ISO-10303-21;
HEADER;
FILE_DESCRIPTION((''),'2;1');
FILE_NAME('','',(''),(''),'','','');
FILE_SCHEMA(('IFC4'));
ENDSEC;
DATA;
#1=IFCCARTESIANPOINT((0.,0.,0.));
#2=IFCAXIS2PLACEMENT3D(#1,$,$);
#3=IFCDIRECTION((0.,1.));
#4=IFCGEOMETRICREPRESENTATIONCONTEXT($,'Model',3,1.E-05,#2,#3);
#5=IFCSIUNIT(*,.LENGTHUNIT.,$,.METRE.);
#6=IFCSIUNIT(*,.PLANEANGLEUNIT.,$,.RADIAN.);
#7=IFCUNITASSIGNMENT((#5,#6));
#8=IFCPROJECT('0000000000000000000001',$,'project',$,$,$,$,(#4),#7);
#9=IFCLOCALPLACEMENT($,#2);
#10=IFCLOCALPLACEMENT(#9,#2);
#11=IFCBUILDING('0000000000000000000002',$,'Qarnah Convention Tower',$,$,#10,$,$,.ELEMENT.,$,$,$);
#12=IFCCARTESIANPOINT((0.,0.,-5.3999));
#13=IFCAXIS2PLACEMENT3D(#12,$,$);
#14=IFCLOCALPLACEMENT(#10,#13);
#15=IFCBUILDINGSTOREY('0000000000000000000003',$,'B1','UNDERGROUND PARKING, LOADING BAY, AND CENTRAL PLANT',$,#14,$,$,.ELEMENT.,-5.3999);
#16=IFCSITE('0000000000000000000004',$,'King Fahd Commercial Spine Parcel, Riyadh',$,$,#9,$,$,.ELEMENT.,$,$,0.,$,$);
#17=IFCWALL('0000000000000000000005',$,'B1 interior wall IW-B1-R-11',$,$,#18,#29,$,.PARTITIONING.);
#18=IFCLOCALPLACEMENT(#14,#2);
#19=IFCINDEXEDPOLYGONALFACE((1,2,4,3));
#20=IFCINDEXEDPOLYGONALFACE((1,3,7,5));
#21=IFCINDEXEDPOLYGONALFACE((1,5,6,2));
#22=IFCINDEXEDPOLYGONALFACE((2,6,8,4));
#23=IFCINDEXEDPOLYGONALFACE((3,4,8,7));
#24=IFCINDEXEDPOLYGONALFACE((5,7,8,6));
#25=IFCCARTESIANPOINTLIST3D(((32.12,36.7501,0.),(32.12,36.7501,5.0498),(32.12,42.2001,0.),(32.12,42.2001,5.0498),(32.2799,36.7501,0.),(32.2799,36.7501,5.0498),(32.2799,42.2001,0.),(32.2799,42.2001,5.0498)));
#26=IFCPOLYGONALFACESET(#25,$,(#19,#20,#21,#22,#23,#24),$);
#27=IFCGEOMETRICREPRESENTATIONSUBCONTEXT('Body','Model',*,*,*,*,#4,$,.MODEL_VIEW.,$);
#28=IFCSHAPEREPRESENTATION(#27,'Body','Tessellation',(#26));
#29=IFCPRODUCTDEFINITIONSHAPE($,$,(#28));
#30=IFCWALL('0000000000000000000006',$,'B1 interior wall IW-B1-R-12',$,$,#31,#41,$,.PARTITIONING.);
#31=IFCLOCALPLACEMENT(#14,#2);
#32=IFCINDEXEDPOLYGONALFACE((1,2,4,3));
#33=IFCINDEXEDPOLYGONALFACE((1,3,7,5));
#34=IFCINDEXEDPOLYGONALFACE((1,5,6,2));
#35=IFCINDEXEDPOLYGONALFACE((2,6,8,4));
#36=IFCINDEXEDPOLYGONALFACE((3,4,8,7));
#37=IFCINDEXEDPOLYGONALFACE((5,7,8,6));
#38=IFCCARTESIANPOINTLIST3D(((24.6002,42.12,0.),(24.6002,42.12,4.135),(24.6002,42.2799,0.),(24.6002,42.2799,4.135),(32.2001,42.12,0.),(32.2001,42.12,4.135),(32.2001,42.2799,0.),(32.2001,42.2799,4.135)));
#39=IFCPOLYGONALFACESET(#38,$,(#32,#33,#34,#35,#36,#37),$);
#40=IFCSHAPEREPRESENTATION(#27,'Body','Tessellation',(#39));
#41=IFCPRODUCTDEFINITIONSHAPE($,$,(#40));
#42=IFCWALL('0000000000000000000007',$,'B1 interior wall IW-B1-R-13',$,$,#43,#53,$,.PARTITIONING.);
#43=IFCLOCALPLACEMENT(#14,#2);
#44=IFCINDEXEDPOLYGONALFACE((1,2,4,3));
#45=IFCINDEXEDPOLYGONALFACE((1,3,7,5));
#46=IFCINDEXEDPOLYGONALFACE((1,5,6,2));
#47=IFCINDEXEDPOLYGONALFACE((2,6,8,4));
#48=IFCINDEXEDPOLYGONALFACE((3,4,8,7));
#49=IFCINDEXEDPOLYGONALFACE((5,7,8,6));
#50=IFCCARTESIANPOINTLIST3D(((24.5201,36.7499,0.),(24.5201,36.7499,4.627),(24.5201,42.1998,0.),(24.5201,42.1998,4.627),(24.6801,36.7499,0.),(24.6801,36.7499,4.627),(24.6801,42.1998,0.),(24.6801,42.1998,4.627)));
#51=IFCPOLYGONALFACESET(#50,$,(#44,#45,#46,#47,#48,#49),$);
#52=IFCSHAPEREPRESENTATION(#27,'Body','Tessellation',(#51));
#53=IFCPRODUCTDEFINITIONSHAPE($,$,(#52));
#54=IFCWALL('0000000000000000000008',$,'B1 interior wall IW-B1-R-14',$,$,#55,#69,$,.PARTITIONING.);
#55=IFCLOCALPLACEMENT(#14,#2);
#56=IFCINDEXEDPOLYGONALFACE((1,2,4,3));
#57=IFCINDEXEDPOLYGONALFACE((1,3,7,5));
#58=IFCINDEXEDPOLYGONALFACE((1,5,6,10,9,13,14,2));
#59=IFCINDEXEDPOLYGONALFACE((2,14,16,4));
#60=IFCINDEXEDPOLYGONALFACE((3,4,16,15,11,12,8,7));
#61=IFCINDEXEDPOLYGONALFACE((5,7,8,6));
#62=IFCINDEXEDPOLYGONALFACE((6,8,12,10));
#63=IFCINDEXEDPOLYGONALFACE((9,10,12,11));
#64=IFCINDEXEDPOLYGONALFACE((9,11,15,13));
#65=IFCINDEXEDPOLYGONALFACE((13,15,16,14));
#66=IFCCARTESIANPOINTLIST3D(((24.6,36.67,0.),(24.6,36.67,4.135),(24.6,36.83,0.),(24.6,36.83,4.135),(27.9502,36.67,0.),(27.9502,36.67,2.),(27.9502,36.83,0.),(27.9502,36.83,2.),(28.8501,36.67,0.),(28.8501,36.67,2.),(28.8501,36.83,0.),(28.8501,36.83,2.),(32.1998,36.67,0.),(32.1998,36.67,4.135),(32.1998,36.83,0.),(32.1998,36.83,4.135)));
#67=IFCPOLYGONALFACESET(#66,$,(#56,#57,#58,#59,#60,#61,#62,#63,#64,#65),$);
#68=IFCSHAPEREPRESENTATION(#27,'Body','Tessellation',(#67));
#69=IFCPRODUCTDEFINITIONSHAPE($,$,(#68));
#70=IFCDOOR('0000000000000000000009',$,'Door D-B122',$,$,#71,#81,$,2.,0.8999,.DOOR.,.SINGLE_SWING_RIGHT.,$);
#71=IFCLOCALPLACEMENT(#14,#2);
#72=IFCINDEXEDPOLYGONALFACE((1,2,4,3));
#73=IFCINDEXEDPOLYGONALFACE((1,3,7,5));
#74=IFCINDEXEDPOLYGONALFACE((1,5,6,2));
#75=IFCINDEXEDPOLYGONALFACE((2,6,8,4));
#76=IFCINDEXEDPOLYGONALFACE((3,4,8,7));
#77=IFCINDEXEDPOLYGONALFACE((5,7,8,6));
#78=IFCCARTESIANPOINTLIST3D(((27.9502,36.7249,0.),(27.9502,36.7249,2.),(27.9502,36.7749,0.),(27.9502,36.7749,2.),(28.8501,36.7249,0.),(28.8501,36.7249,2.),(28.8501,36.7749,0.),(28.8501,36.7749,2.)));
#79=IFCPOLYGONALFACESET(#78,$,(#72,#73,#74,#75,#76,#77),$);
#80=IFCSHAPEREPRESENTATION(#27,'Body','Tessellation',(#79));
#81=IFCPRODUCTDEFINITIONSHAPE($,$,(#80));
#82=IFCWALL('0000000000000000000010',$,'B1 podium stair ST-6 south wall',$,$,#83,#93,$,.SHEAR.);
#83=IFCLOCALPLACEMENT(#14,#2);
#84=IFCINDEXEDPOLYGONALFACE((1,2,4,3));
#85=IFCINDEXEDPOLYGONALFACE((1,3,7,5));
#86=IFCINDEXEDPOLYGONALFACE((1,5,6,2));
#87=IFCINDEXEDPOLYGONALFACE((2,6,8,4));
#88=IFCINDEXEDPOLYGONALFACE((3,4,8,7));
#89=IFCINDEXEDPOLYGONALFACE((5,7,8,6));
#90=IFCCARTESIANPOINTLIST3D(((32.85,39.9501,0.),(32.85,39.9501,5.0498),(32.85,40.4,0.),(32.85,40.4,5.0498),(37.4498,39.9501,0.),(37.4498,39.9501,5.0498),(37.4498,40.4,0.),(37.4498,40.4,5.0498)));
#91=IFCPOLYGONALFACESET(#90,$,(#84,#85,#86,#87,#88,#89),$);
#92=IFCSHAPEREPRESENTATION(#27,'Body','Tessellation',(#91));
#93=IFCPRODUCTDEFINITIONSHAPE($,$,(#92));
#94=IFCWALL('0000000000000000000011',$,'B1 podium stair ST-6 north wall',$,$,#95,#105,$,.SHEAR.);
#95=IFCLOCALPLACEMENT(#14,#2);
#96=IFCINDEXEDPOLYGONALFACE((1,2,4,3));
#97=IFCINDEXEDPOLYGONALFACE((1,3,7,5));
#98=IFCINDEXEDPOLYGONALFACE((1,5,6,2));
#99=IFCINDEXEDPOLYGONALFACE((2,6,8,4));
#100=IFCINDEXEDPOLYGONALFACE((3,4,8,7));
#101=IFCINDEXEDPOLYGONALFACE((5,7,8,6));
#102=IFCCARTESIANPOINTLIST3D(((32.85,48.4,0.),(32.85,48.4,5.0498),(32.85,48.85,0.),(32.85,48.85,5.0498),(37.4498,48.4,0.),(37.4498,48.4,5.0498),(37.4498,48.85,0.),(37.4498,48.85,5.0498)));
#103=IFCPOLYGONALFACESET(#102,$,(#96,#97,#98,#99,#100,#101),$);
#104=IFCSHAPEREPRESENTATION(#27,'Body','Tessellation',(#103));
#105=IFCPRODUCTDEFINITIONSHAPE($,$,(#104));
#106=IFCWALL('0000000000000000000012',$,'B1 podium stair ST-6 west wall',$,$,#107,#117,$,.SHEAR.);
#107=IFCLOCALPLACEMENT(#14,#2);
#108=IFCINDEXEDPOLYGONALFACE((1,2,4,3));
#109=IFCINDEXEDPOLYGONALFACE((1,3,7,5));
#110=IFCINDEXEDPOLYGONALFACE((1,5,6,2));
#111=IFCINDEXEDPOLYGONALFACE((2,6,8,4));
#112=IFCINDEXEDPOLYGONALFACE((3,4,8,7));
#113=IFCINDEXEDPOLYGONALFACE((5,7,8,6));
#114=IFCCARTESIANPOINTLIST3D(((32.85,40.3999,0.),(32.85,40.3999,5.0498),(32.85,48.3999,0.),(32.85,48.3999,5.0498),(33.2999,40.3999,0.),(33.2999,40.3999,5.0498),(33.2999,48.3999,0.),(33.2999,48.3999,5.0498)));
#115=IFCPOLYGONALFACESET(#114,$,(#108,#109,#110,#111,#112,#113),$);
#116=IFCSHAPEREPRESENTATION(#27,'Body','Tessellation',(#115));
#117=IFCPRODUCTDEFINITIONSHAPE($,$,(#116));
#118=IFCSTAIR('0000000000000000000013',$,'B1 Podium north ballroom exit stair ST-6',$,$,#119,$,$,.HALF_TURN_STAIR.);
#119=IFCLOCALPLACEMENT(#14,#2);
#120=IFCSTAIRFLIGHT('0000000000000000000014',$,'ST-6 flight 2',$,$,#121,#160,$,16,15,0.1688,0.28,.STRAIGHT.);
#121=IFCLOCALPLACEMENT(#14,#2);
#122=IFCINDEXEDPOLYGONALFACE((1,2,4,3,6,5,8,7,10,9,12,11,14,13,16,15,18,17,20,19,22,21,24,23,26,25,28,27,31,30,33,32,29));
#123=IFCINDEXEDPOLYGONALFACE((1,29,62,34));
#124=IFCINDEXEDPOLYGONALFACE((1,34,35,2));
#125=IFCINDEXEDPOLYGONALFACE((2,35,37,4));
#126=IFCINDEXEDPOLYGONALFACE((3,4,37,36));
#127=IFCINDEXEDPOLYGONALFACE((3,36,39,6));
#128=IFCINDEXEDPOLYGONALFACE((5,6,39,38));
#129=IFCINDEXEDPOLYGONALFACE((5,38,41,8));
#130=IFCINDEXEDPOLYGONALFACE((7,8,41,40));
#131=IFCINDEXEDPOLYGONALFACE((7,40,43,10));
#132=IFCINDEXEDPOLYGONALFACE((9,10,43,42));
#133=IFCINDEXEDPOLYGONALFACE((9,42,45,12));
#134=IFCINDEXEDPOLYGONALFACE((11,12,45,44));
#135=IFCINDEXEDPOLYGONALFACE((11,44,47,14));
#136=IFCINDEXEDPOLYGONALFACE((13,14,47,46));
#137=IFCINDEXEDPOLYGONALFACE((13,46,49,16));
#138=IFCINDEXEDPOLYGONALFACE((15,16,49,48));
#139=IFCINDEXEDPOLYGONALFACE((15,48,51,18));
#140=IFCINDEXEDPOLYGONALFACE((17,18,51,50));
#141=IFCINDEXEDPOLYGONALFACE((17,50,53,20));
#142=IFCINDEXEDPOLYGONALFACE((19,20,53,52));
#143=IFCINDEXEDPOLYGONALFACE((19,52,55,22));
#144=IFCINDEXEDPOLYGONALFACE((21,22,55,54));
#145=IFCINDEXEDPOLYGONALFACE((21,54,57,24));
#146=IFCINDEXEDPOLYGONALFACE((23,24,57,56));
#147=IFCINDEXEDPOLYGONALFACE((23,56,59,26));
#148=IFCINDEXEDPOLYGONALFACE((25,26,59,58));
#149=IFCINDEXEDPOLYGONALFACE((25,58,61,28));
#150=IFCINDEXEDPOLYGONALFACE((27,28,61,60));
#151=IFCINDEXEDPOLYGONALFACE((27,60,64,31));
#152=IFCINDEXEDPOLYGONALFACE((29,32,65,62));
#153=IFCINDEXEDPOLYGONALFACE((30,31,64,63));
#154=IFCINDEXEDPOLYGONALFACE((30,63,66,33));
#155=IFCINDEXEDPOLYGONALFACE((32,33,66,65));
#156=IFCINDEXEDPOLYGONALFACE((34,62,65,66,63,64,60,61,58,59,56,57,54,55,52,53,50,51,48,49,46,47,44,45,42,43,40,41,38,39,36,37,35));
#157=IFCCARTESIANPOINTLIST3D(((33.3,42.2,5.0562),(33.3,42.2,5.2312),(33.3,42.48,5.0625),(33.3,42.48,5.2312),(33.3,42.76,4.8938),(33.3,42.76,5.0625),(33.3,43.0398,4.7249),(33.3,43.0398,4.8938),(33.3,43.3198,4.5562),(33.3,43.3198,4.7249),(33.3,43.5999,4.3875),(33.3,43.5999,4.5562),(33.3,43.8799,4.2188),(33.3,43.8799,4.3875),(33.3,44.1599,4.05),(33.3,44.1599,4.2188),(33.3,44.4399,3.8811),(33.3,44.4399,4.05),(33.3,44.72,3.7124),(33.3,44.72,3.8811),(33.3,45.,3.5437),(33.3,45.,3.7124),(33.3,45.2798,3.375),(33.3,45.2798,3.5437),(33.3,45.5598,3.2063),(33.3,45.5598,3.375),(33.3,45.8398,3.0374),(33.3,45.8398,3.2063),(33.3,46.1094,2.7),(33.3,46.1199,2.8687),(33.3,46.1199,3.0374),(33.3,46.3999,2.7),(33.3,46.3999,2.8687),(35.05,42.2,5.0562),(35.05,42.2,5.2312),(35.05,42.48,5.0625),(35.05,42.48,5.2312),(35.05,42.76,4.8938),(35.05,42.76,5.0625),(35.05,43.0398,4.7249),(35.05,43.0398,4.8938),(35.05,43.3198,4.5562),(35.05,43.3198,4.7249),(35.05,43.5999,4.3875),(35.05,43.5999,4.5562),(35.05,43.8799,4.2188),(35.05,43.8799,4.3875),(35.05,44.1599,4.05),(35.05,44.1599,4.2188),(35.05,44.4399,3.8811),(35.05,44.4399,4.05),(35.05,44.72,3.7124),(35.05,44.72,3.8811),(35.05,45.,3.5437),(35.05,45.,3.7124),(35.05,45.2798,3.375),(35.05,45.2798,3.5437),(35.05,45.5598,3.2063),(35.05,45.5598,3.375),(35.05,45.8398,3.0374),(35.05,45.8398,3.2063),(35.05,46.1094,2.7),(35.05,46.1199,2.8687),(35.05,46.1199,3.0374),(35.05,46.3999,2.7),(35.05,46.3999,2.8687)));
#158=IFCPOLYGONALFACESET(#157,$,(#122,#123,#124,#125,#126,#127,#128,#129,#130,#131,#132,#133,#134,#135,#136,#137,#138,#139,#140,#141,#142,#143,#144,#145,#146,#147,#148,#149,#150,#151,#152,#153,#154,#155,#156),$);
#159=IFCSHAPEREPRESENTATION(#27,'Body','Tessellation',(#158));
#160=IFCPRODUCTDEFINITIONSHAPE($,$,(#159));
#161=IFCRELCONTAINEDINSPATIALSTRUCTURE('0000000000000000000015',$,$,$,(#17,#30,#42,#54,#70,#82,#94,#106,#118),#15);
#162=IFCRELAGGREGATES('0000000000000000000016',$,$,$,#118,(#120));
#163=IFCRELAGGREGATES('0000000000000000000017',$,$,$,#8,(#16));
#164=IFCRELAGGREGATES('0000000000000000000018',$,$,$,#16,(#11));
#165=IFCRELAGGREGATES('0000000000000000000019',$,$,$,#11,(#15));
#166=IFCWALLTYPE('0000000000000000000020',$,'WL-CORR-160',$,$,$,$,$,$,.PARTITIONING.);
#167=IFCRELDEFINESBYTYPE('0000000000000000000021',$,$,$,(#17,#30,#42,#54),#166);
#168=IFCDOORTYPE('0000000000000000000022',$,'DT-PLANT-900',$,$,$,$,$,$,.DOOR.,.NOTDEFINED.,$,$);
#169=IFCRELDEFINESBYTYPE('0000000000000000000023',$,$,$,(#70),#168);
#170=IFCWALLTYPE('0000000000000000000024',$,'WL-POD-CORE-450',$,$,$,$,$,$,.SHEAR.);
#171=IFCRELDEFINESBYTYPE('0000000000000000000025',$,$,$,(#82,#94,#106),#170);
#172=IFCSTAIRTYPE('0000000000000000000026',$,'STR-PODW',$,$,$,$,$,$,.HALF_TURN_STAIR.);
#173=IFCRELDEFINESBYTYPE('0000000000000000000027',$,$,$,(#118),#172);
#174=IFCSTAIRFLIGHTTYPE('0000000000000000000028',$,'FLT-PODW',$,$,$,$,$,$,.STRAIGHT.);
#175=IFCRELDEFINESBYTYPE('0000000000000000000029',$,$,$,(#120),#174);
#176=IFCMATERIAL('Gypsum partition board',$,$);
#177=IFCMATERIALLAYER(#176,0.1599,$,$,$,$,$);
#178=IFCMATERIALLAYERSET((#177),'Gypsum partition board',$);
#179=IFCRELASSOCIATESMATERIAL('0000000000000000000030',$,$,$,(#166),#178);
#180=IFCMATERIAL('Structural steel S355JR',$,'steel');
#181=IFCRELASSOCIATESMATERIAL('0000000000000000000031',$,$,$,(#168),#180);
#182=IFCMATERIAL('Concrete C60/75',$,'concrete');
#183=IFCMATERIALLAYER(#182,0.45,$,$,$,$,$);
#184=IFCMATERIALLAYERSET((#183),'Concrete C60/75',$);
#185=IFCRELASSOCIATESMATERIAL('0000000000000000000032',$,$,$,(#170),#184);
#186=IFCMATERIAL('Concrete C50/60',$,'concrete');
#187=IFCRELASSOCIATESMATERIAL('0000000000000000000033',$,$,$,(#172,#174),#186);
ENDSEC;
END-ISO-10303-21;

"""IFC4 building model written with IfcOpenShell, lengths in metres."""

from ifc_helpers import new_model, si_unit, direction, frame, frame_2d, origin, place, context, subcontext, project, spatial, polyline, rectangle, outline, extrude, material, layer, layer_set, type_object, element, fill, aggregate, save


model = new_model("IFC4")

# Units and contexts
model_context = context("Model", 3, precision=1e-05, world=origin(), true_north=direction((0.0, 1.0)))
body_context = subcontext(model_context, "Body", "Model", "MODEL_VIEW")
ifc_project = project(units=[si_unit("LENGTHUNIT", "METRE"), si_unit("PLANEANGLEUNIT", "RADIAN")], contexts=[model_context])

# Site, building, storey
site_placement = place(None, origin())
site = spatial("IfcSite", under=ifc_project, at=site_placement, Name="King Fahd Commercial Spine Parcel, Riyadh", CompositionType="ELEMENT", RefElevation=0.0)
building_placement = place(site_placement, origin())
building = spatial("IfcBuilding", under=site, at=building_placement, Name="Qarnah Convention Tower", CompositionType="ELEMENT")
storey_placement = place(building_placement, frame((0.0, 0.0, -5.3999)))
storey = spatial("IfcBuildingStorey", under=building, at=storey_placement, Name="B1", Description="UNDERGROUND PARKING, LOADING BAY, AND CENTRAL PLANT", CompositionType="ELEMENT", Elevation=-5.3999)

# Shared definitions
ifc_material_1 = material(Name="Concrete C50/60", Category="concrete")

# Shared definitions
ifc_material_2 = material(Name="Concrete C60/75", Category="concrete")

# Shared definitions
ifc_material_3 = material(Name="Structural steel S355JR", Category="steel")

# Walls
ifc_material_4 = material(Name="Gypsum partition board")
ifc_layer_1 = layer(ifc_material_4, 0.1599)
ifc_layer_set_1 = layer_set([ifc_layer_1], Name="Gypsum partition board")
wall_type_1 = type_object("IfcWallType", Name="WL-CORR-160", PredefinedType="PARTITIONING", material=ifc_layer_set_1)
wall_1_placement = place(storey_placement, frame((32.2, 36.75, 0.0), z_axis=(0.0, 0.0, 1.0), x_axis=(0.0, 1.0, 0.0)))
element("IfcWall", 1, at=wall_1_placement, inside=storey, type_object=wall_type_1, Name="B1 interior wall IW-B1-R-11", PredefinedType="PARTITIONING", context=body_context, shape_type="SweptSolid", body=[
    extrude(rectangle(XDim=5.45, YDim=0.1599, at=frame_2d((2.7251, 0.0))), origin(), (0.0, 0.0, 1.0), 5.0498),
])
wall_2_placement = place(storey_placement, frame((32.2, 42.2, 0.0), z_axis=(0.0, 0.0, 1.0), x_axis=(-1.0, 0.0, 0.0)))
element("IfcWall", 2, at=wall_2_placement, inside=storey, type_object=wall_type_1, Name="B1 interior wall IW-B1-R-12", PredefinedType="PARTITIONING", context=body_context, shape_type="SweptSolid", body=[
    extrude(rectangle(XDim=7.5999, YDim=0.1599, at=frame_2d((3.7998, 0.0))), origin(), (0.0, 0.0, 1.0), 4.135),
])
wall_3_placement = place(storey_placement, frame((24.6001, 42.2, 0.0), z_axis=(0.0, 0.0, 1.0), x_axis=(0.0, -1.0, 0.0)))
element("IfcWall", 3, at=wall_3_placement, inside=storey, type_object=wall_type_1, Name="B1 interior wall IW-B1-R-13", PredefinedType="PARTITIONING", context=body_context, shape_type="SweptSolid", body=[
    extrude(rectangle(XDim=5.45, YDim=0.1599, at=frame_2d((2.7251, 0.0))), origin(), (0.0, 0.0, 1.0), 4.627),
])

# Wall, opening, door
wall_4_placement = place(storey_placement, frame((24.6001, 36.75, 0.0), z_axis=(0.0, 0.0, 1.0), x_axis=(1.0, 0.0, 0.0)))
wall_4 = element("IfcWall", 4, at=wall_4_placement, inside=storey, type_object=wall_type_1, Name="B1 interior wall IW-B1-R-14", PredefinedType="PARTITIONING", context=body_context, shape_type="SweptSolid", body=[
    extrude(rectangle(XDim=7.5999, YDim=0.1599, at=frame_2d((3.7998, 0.0))), origin(), (0.0, 0.0, 1.0), 4.135),
])
opening_placement = place(wall_4_placement, frame((3.3501, 0.0, 0.0)))
opening = element("IfcOpeningElement", 5, at=opening_placement, cuts=wall_4, PredefinedType="OPENING", context=body_context, shape_type="SweptSolid", body=[
    extrude(rectangle(XDim=0.8999, YDim=2.0, at=frame_2d((0.45, 1.0))), frame((0.0, 0.0898, 0.0), z_axis=(0.0, -1.0, 0.0), x_axis=(1.0, 0.0, 0.0)), (0.0, 0.0, 1.0), 0.1799),
])
door_type = type_object("IfcDoorType", Name="DT-PLANT-900", OperationType="NOTDEFINED", PredefinedType="DOOR", material=ifc_material_3)
door_placement = place(opening_placement, origin())
door = element("IfcDoor", 6, at=door_placement, inside=storey, type_object=door_type, Name="Door D-B122", OperationType="SINGLE_SWING_RIGHT", OverallHeight=2.0, OverallWidth=0.8999, PredefinedType="DOOR", context=body_context, shape_type="SweptSolid", body=[
    extrude(rectangle(XDim=0.8999, YDim=2.0, at=frame_2d((0.45, 1.0))), frame((0.0, 0.0249, 0.0), z_axis=(0.0, -1.0, 0.0), x_axis=(1.0, 0.0, 0.0)), (0.0, 0.0, 1.0), 0.05),
])
fill(opening, door)

# Walls
ifc_layer_2 = layer(ifc_material_2, 0.45)
ifc_layer_set_2 = layer_set([ifc_layer_2], Name="Concrete C60/75")
wall_type_2 = type_object("IfcWallType", Name="WL-POD-CORE-450", PredefinedType="SHEAR", material=ifc_layer_set_2)
for number, where, z_axis, x_axis, name in (
    (7, (32.8501, 40.175, 0.0), (0.0, 0.0, 1.0), (1.0, 0.0, 0.0), "B1 podium stair ST-6 south wall"),
    (8, (32.8501, 48.625, 0.0), (0.0, 0.0, 1.0), (1.0, 0.0, 0.0), "B1 podium stair ST-6 north wall"),
):
    element("IfcWall", number, at=place(storey_placement, frame(where, z_axis=z_axis, x_axis=x_axis)), inside=storey, type_object=wall_type_2, Name=name, PredefinedType="SHEAR", context=body_context, shape_type="SweptSolid", body=[
        extrude(rectangle(XDim=4.5999, YDim=0.45, at=frame_2d((2.2998, 0.0))), origin(), (0.0, 0.0, 1.0), 5.0498),
    ])
wall_5_placement = place(storey_placement, frame((33.075, 40.3999, 0.0), z_axis=(0.0, 0.0, 1.0), x_axis=(0.0, 1.0, 0.0)))
element("IfcWall", 9, at=wall_5_placement, inside=storey, type_object=wall_type_2, Name="B1 podium stair ST-6 west wall", PredefinedType="SHEAR", context=body_context, shape_type="SweptSolid", body=[
    extrude(rectangle(XDim=8.0, YDim=0.45, at=frame_2d((4.0, 0.0))), origin(), (0.0, 0.0, 1.0), 5.0498),
])

# Stair, stair flight
stair_type = type_object("IfcStairType", Name="STR-PODW", PredefinedType="HALF_TURN_STAIR", material=ifc_material_1)
stair_placement = place(storey_placement, origin())
stair = element("IfcStair", 10, at=stair_placement, inside=storey, type_object=stair_type, Name="B1 Podium north ballroom exit stair ST-6", PredefinedType="HALF_TURN_STAIR")
stair_flight_type = type_object("IfcStairFlightType", Name="FLT-PODW", PredefinedType="STRAIGHT", material=ifc_material_1)
stair_flight_placement = place(storey_placement, frame((34.175, 46.3999, 2.7), z_axis=(0.0, 0.0, 1.0), x_axis=(0.0, -1.0, 0.0)))
stair_flight = element("IfcStairFlight", 11, at=stair_flight_placement, type_object=stair_flight_type, Name="ST-6 flight 2", NumberOfRisers=16, NumberOfTreads=15, PredefinedType="STRAIGHT", RiserHeight=0.1688, TreadLength=0.28, context=body_context, shape_type="SweptSolid", body=[
    extrude(outline(polyline([(0.0, 0.0), (0.0, 0.1687), (0.28, 0.1687), (0.28, 0.3374), (0.5601, 0.3374), (0.5601, 0.5063), (0.8401, 0.5063), (0.8401, 0.675), (1.1201, 0.675), (1.1201, 0.8438), (1.3999, 0.8438), (1.3999, 1.0125), (1.6799, 1.0125), (1.6799, 1.1812), (1.96, 1.1812), (1.96, 1.3501), (2.24, 1.3501), (2.24, 1.5188), (2.52, 1.5188), (2.52, 1.6875), (2.8, 1.6875), (2.8, 1.8562), (3.0801, 1.8562), (3.0801, 2.0249), (3.3601, 2.0249), (3.3601, 2.1938), (3.6399, 2.1938), (3.6399, 2.3625), (3.9199, 2.3625), (3.9199, 2.5312), (4.2, 2.5312), (4.2, 2.7), (4.2, 2.3562), (0.2905, 0.0), (0.0, 0.0)])), frame((0.0, 0.875, 0.0), z_axis=(0.0, -1.0, 0.0), x_axis=(1.0, 0.0, 0.0)), (0.0, 0.0, 1.0), 1.75),
])
aggregate(stair, [stair_flight])

save(model, "model.ifc")
